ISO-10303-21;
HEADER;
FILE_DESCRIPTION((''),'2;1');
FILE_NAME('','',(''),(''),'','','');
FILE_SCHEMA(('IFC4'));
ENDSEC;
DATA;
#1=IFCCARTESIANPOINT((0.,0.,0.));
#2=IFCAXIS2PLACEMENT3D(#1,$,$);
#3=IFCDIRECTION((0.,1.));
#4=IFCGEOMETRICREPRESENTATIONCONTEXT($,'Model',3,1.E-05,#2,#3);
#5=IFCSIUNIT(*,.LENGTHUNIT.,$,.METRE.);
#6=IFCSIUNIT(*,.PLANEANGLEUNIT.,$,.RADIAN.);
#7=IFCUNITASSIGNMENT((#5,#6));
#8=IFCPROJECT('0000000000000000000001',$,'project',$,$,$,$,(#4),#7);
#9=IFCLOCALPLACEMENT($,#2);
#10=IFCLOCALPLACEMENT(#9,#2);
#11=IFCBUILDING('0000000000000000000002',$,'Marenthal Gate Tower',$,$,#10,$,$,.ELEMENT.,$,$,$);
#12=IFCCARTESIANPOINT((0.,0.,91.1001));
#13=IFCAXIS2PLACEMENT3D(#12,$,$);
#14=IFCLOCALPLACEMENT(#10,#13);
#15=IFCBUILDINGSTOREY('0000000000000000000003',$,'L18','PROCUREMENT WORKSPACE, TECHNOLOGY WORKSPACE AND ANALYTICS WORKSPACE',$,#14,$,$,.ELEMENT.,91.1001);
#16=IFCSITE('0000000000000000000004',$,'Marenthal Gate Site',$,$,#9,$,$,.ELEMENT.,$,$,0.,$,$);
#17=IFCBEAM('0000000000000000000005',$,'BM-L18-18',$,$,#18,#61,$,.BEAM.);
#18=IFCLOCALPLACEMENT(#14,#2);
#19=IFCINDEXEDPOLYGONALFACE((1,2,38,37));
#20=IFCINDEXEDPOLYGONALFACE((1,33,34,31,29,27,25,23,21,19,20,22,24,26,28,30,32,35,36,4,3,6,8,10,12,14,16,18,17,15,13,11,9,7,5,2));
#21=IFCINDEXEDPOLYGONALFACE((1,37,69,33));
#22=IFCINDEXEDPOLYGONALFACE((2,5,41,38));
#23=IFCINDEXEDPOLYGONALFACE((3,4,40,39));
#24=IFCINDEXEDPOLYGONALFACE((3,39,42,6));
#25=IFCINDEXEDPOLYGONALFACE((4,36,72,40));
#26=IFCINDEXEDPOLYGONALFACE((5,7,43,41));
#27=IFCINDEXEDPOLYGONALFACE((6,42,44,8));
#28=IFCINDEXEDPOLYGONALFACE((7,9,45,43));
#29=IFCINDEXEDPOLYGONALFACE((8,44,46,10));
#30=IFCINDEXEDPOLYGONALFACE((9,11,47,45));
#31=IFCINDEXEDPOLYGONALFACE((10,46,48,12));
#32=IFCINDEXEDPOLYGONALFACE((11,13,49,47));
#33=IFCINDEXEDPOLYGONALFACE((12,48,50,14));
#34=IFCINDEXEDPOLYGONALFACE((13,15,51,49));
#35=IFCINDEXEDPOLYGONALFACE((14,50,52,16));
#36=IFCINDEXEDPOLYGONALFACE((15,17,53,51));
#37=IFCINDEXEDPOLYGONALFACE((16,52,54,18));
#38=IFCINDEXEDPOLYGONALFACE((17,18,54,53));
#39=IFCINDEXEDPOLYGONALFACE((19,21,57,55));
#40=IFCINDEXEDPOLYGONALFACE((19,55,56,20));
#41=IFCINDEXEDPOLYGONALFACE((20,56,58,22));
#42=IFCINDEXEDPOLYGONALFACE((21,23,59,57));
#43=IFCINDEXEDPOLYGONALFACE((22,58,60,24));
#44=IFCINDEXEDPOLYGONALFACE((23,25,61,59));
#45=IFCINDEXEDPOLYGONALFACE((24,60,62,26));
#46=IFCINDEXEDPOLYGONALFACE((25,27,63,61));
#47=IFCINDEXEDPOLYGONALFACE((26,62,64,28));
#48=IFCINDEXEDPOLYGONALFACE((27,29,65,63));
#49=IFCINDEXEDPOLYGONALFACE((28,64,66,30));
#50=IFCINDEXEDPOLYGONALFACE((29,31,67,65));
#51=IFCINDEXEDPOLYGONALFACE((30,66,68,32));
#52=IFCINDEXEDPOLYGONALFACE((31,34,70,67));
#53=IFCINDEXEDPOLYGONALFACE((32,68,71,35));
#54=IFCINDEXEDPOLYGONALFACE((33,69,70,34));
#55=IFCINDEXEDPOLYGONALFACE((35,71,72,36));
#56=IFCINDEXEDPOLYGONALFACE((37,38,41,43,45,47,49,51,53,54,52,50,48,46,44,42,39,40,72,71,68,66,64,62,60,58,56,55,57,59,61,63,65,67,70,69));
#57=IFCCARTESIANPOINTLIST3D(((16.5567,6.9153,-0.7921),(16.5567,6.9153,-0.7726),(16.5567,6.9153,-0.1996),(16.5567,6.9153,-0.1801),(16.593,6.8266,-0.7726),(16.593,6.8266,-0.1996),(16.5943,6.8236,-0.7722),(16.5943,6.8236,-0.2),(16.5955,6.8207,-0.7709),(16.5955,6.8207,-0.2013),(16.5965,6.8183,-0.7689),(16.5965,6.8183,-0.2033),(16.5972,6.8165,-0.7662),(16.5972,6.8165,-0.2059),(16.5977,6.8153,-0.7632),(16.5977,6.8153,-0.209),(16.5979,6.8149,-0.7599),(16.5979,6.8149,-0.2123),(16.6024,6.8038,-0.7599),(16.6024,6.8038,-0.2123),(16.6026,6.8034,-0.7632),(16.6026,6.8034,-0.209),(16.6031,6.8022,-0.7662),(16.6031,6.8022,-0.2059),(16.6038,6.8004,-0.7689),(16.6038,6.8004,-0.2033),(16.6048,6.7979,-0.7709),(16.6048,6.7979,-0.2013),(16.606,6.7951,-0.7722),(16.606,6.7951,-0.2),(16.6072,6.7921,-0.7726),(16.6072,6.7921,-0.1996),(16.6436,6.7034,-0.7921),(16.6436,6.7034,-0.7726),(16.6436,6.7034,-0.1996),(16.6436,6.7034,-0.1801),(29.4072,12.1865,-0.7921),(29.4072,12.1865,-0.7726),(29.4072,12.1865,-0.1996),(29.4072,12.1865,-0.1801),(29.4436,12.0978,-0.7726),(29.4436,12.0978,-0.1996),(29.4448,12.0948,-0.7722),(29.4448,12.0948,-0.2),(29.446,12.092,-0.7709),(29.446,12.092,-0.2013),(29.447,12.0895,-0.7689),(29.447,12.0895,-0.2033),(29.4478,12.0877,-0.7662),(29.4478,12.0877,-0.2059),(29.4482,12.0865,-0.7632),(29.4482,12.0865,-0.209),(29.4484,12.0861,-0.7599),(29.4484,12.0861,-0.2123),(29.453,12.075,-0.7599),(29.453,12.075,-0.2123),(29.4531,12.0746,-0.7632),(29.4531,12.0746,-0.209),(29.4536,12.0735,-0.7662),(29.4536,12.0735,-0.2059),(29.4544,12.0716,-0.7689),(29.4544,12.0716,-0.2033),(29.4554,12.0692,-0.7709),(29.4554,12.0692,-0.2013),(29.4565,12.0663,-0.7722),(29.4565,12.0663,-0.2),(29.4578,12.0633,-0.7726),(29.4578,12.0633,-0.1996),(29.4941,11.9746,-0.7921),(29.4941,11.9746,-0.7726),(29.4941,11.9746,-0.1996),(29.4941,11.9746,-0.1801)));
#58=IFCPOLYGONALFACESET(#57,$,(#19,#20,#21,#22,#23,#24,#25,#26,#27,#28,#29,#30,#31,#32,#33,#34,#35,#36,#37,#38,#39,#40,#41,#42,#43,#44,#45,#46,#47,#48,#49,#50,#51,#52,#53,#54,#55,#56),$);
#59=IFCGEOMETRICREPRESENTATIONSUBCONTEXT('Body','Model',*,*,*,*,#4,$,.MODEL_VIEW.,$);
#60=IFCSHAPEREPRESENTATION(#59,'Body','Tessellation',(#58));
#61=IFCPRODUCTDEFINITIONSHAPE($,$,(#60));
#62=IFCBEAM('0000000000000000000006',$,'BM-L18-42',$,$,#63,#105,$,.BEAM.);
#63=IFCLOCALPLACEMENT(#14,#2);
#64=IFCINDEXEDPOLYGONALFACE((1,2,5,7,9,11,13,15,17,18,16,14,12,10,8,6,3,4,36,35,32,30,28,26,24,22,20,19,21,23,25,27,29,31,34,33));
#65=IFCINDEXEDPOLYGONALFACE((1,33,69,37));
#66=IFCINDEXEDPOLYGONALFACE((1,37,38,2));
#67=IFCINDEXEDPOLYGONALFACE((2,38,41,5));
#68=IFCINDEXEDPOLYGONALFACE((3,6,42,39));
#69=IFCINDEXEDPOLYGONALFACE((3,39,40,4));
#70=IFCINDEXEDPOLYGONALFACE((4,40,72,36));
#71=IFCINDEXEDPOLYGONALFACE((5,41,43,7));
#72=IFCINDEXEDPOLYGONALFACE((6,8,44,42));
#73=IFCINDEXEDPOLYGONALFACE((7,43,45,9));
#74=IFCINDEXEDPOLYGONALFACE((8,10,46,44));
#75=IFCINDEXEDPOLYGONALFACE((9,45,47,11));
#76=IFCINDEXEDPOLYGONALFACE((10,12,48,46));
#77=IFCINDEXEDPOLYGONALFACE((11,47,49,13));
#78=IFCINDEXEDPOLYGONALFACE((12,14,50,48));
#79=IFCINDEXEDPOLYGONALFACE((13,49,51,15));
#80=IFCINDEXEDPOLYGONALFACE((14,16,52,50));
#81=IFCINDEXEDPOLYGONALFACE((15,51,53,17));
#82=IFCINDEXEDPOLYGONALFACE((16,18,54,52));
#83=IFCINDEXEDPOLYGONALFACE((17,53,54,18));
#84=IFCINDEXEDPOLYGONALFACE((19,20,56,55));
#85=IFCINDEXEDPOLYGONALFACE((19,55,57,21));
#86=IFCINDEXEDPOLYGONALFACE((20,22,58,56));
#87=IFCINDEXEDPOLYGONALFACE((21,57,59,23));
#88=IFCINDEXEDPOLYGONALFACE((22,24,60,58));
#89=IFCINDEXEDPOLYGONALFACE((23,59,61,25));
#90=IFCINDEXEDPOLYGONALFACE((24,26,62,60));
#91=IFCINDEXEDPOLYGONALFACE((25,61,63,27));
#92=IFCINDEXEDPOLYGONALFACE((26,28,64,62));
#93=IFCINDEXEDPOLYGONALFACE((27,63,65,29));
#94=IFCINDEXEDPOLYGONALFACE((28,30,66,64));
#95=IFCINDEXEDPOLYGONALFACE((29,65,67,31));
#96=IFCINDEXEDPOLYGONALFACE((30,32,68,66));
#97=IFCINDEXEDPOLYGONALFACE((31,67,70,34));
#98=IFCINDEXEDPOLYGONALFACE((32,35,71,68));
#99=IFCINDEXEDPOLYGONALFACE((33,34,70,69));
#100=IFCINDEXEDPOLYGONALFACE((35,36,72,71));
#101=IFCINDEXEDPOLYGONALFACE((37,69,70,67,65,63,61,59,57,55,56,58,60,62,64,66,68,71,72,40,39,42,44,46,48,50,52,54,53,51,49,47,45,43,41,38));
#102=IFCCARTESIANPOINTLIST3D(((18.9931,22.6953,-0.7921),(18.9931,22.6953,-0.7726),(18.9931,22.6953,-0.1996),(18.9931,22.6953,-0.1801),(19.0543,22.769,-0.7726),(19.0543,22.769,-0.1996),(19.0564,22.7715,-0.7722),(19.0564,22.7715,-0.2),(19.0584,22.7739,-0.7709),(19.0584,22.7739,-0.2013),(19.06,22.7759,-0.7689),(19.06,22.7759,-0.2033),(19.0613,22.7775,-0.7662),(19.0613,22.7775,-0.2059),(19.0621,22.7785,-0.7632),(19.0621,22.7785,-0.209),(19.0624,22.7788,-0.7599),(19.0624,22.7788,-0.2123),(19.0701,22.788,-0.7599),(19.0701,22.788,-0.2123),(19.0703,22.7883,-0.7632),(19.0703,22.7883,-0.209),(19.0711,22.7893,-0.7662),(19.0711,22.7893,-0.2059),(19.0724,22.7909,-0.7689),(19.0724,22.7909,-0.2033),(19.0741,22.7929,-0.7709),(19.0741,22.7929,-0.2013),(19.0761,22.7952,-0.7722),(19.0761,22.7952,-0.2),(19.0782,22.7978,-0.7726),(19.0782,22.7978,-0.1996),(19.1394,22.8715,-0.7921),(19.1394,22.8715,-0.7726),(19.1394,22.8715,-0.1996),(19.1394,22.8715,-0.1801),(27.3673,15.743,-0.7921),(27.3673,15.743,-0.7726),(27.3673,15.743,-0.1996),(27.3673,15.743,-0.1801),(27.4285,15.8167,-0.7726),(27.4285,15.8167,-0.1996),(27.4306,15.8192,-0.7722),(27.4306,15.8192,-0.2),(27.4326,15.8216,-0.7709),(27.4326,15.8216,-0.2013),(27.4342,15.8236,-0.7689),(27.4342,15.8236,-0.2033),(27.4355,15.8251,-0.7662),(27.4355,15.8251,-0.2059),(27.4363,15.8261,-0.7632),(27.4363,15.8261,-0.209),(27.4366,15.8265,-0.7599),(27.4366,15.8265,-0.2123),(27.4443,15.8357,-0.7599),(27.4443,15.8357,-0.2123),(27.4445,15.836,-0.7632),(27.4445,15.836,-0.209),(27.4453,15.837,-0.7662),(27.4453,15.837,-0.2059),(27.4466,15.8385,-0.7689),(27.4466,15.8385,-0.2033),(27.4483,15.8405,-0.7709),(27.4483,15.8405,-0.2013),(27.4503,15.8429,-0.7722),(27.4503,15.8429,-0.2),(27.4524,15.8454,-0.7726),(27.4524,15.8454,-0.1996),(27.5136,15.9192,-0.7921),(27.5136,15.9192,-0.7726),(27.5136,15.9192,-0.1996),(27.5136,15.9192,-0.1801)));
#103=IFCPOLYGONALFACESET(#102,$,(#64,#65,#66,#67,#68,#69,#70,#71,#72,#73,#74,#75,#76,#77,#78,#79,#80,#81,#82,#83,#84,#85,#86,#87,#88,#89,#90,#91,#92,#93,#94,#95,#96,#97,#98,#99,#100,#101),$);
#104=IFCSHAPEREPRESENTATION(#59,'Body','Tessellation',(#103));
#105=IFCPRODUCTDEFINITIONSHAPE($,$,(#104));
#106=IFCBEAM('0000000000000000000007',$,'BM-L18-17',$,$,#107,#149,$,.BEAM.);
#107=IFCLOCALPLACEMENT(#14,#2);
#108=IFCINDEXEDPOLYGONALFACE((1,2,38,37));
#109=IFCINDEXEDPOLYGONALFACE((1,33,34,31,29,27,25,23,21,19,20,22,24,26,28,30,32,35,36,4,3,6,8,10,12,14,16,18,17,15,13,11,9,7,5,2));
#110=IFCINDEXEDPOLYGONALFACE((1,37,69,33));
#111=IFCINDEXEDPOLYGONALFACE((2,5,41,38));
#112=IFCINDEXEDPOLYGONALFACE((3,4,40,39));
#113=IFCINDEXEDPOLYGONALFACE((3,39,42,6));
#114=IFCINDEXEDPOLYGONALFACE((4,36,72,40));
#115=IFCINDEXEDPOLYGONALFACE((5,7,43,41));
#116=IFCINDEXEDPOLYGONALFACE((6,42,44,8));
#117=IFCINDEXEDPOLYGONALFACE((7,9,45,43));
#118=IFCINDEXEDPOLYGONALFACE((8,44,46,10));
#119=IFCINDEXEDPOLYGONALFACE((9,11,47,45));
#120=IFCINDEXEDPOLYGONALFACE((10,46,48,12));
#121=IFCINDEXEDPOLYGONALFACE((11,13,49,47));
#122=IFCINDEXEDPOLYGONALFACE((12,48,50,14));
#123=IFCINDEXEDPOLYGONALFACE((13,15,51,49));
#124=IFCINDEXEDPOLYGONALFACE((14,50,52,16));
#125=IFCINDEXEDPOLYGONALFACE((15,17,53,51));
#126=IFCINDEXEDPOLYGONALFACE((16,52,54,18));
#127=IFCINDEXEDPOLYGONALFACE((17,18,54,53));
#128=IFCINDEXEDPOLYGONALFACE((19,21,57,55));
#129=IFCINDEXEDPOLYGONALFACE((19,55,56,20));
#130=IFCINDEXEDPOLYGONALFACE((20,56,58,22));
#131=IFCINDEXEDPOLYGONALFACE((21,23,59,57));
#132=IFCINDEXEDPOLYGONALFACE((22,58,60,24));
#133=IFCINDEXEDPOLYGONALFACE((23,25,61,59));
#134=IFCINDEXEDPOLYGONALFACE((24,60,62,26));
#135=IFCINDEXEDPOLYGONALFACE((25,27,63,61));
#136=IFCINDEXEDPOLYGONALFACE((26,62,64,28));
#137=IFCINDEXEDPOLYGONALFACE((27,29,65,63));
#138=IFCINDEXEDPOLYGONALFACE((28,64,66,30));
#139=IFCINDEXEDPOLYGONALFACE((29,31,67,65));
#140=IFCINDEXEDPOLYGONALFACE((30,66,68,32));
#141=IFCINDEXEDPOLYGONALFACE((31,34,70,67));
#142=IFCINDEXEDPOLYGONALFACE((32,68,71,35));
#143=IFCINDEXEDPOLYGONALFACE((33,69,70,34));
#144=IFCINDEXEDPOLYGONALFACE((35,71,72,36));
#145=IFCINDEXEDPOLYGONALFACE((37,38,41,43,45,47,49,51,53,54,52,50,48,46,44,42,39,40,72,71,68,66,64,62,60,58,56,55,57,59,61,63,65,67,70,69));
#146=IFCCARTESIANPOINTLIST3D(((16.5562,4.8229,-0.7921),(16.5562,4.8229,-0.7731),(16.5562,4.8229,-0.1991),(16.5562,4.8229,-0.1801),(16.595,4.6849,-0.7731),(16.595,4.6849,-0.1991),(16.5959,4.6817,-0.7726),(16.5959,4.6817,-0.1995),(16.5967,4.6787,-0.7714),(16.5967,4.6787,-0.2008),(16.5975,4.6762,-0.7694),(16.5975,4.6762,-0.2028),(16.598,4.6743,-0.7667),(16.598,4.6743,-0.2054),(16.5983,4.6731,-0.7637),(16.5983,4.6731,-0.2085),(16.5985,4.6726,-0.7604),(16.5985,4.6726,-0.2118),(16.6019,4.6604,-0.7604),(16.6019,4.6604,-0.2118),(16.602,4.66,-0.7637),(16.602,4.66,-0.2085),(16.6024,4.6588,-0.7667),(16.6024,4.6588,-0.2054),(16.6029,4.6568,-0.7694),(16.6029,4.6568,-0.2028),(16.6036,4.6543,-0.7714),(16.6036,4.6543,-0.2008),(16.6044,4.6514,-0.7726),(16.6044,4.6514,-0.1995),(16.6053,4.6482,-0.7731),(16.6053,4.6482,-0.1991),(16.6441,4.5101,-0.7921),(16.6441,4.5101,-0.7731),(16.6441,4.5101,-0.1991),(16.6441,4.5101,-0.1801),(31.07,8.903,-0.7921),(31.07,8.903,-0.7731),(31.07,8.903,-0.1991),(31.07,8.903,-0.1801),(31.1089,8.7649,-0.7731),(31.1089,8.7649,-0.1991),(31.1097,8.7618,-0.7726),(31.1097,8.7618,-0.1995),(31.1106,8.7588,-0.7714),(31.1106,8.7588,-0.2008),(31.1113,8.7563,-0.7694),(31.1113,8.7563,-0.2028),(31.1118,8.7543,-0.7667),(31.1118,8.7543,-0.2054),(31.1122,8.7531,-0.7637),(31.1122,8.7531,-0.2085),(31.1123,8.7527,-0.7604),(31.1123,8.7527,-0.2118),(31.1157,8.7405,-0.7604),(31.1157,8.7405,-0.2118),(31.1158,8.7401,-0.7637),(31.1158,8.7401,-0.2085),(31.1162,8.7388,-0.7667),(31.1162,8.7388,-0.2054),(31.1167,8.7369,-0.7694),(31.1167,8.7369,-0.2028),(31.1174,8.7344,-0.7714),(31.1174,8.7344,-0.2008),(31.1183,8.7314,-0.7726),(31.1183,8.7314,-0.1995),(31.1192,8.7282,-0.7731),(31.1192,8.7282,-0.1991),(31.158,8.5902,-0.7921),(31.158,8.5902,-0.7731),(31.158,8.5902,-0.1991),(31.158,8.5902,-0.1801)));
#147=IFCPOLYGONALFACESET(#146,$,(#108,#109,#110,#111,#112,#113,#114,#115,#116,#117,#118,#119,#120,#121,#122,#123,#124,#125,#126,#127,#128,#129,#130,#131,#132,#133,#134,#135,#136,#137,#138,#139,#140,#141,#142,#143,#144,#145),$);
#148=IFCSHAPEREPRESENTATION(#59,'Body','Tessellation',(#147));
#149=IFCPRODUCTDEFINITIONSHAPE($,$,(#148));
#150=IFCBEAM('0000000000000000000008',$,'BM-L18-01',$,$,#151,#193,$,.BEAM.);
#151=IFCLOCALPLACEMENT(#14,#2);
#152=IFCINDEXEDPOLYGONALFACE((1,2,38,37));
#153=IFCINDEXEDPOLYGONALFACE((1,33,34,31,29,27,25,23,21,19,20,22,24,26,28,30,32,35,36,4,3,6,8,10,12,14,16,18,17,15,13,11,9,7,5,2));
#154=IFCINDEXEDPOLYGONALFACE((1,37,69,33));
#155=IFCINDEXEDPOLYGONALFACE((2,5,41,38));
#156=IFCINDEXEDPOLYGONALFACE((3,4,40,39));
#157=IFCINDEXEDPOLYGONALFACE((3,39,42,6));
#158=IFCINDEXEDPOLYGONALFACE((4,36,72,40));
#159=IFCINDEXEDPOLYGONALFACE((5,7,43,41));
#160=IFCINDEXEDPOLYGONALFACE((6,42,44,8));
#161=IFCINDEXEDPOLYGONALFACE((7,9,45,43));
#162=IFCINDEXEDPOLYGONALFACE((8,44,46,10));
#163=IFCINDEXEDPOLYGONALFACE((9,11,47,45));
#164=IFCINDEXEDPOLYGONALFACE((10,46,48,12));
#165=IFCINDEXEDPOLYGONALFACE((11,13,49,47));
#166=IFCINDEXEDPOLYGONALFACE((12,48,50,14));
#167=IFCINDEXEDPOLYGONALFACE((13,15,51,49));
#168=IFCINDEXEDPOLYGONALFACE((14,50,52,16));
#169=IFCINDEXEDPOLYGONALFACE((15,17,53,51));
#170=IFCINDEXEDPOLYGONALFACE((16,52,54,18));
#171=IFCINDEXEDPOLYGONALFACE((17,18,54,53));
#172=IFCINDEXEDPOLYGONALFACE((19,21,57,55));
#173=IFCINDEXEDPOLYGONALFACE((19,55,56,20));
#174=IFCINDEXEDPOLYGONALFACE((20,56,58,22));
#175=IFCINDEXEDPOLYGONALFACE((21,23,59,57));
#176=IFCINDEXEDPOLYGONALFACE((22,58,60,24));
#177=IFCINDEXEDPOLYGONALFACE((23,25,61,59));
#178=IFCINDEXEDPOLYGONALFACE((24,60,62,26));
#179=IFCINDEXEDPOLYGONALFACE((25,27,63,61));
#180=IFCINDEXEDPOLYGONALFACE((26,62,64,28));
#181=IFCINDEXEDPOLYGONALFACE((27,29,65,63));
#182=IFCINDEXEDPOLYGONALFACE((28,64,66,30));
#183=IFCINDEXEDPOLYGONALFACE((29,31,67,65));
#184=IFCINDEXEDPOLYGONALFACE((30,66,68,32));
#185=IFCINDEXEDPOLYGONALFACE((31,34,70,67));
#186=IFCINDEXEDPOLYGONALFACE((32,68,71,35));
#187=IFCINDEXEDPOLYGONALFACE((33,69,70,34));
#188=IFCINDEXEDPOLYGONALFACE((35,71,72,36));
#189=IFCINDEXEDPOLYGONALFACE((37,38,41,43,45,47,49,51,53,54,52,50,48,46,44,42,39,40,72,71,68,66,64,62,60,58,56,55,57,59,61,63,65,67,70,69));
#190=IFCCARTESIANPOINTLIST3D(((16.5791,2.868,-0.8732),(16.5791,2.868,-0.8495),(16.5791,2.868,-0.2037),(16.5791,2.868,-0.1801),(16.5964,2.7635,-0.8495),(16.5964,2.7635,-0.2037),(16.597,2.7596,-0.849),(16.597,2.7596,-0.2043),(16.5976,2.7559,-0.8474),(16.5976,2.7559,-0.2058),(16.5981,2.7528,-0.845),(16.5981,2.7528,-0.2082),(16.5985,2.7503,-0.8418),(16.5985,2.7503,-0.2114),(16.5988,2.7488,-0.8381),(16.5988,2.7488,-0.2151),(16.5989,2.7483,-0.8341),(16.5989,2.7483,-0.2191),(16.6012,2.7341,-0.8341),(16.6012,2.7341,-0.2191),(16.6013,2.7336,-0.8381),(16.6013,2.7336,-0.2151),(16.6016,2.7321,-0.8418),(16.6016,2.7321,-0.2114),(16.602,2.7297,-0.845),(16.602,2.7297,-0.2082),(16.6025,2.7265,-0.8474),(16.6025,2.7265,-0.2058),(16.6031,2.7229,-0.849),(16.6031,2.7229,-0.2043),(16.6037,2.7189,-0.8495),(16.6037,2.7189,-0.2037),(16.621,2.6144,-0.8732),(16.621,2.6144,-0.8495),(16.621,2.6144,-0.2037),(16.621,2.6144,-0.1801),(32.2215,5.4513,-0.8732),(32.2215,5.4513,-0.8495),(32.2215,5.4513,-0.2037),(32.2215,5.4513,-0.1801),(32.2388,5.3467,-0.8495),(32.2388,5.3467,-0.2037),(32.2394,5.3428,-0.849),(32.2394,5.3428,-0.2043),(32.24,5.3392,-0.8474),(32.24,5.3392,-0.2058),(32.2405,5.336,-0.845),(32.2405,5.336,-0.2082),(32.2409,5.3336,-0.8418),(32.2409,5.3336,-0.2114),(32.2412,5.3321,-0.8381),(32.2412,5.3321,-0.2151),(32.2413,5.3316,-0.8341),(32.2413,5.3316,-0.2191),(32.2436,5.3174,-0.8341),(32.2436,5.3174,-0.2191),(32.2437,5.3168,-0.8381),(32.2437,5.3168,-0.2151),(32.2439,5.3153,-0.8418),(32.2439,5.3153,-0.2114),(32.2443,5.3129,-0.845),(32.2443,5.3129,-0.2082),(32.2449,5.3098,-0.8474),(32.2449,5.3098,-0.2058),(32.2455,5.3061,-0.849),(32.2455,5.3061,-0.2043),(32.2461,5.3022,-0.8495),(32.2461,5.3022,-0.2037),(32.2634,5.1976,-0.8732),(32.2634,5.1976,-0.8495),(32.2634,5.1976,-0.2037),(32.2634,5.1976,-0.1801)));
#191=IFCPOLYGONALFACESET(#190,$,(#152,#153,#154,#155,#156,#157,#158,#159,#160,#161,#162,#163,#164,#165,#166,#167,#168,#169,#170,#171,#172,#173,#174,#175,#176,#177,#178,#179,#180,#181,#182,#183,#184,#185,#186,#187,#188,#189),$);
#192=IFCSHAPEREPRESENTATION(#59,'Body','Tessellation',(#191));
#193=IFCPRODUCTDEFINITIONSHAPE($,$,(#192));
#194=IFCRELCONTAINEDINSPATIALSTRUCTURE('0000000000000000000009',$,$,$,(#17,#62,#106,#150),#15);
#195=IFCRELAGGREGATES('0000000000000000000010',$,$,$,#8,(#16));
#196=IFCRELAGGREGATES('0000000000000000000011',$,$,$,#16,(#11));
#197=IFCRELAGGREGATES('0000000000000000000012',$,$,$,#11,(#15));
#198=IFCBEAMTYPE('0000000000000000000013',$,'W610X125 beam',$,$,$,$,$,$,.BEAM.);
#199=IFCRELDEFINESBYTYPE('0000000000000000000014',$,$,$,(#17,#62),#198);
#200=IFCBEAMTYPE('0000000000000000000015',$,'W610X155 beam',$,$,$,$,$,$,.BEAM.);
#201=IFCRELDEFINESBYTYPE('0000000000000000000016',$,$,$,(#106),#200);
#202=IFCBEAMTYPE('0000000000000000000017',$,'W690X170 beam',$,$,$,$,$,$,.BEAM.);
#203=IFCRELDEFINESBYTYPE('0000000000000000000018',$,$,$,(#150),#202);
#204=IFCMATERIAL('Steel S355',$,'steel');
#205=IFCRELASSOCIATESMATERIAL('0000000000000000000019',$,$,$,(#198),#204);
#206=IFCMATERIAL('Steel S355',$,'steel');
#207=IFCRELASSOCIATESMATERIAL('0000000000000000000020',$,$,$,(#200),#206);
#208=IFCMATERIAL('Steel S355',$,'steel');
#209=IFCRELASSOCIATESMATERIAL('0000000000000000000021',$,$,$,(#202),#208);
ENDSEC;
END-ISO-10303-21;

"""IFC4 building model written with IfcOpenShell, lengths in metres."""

from ifc_helpers import new_model, si_unit, direction, frame, origin, origin_2d, place, context, subcontext, project, spatial, i_section, extrude, material, material_profile, profile_set, type_object, element, save


model = new_model("IFC4")

# Units and contexts
model_context = context("Model", 3, precision=1e-05, world=origin(), true_north=direction((0.0, 1.0)))
body_context = subcontext(model_context, "Body", "Model", "MODEL_VIEW")
ifc_project = project(units=[si_unit("LENGTHUNIT", "METRE"), si_unit("PLANEANGLEUNIT", "RADIAN")], contexts=[model_context])

# Site, building, storey
site_placement = place(None, origin())
site = spatial("IfcSite", under=ifc_project, at=site_placement, Name="Marenthal Gate Site", CompositionType="ELEMENT", RefElevation=0.0)
building_placement = place(site_placement, origin())
building = spatial("IfcBuilding", under=site, at=building_placement, Name="Marenthal Gate Tower", CompositionType="ELEMENT")
storey_placement = place(building_placement, frame((0.0, 0.0, 91.1001)))
storey = spatial("IfcBuildingStorey", under=building, at=storey_placement, Name="L18", Description="PROCUREMENT WORKSPACE, TECHNOLOGY WORKSPACE AND ANALYTICS WORKSPACE", CompositionType="ELEMENT", Elevation=91.1001)

# Beams
ifc_material_1 = material(Name="Steel S355", Category="steel")
ifc_material_profile_1 = material_profile(ifc_material_1, i_section(OverallWidth=0.229, OverallDepth=0.6121, WebThickness=0.012, FlangeThickness=0.0195, FilletRadius=0.0127, at=origin_2d()), Name="W610X125")
ifc_profile_set_1 = profile_set([ifc_material_profile_1], Name="Steel S355")
beam_type_1 = type_object("IfcBeamType", Name="W610X125 beam", PredefinedType="BEAM", material=ifc_profile_set_1)
beam_1_placement = place(storey_placement, frame((29.4507, 12.0806, -0.4861), z_axis=(-0.925189, -0.379507, 0.0), x_axis=(0.379507, -0.925189, 0.0)))
element("IfcBeam", 1, at=beam_1_placement, inside=storey, type_object=beam_type_1, Name="BM-L18-18", PredefinedType="BEAM", context=body_context, shape_type="SweptSolid", body=[
    extrude(i_section(OverallWidth=0.229, OverallDepth=0.6121, WebThickness=0.012, FlangeThickness=0.0195, FilletRadius=0.0127, at=origin_2d()), origin(), (0.0, 0.0, 1.0), 13.8896),
])
beam_2_placement = place(storey_placement, frame((27.4404, 15.8311, -0.4861), z_axis=(-0.769402, 0.638765, 0.0), x_axis=(-0.638765, -0.769402, 0.0)))
element("IfcBeam", 2, at=beam_2_placement, inside=storey, type_object=beam_type_1, Name="BM-L18-42", PredefinedType="BEAM", context=body_context, shape_type="SweptSolid", body=[
    extrude(i_section(OverallWidth=0.229, OverallDepth=0.6121, WebThickness=0.012, FlangeThickness=0.0195, FilletRadius=0.0127, at=origin_2d()), origin(), (0.0, 0.0, 1.0), 10.884),
])
ifc_material_2 = material(Name="Steel S355", Category="steel")
ifc_material_profile_2 = material_profile(ifc_material_2, i_section(OverallWidth=0.325, OverallDepth=0.6121, WebThickness=0.0127, FlangeThickness=0.019, FilletRadius=0.0127, at=origin_2d()), Name="W610X155")
ifc_profile_set_2 = profile_set([ifc_material_profile_2], Name="Steel S355")
beam_type_2 = type_object("IfcBeamType", Name="W610X155 beam", PredefinedType="BEAM", material=ifc_profile_set_2)
beam_3_placement = place(storey_placement, frame((31.114, 8.7466, -0.4861), z_axis=(-0.962685, -0.270625, 0.0), x_axis=(0.270625, -0.962685, 0.0)))
element("IfcBeam", 3, at=beam_3_placement, inside=storey, type_object=beam_type_2, Name="BM-L18-17", PredefinedType="BEAM", context=body_context, shape_type="SweptSolid", body=[
    extrude(i_section(OverallWidth=0.325, OverallDepth=0.6121, WebThickness=0.0127, FlangeThickness=0.019, FilletRadius=0.0127, at=origin_2d()), origin(), (0.0, 0.0, 1.0), 15.0764),
])
ifc_material_3 = material(Name="Steel S355", Category="steel")
ifc_material_profile_3 = material_profile(ifc_material_3, i_section(OverallWidth=0.2571, OverallDepth=0.6931, WebThickness=0.0144, FlangeThickness=0.0237, FilletRadius=0.0154, at=origin_2d()), Name="W690X170")
ifc_profile_set_3 = profile_set([ifc_material_profile_3], Name="Steel S355")
beam_type_3 = type_object("IfcBeamType", Name="W690X170 beam", PredefinedType="BEAM", material=ifc_profile_set_3)
beam_4_placement = place(storey_placement, frame((32.2424, 5.3245, -0.5266), z_axis=(-0.986636, -0.162938, 0.0), x_axis=(0.162938, -0.986636, 0.0)))
element("IfcBeam", 4, at=beam_4_placement, inside=storey, type_object=beam_type_3, Name="BM-L18-01", PredefinedType="BEAM", context=body_context, shape_type="SweptSolid", body=[
    extrude(i_section(OverallWidth=0.2571, OverallDepth=0.6931, WebThickness=0.0144, FlangeThickness=0.0237, FilletRadius=0.0154, at=origin_2d()), origin(), (0.0, 0.0, 1.0), 15.8542),
])

save(model, "model.ifc")
